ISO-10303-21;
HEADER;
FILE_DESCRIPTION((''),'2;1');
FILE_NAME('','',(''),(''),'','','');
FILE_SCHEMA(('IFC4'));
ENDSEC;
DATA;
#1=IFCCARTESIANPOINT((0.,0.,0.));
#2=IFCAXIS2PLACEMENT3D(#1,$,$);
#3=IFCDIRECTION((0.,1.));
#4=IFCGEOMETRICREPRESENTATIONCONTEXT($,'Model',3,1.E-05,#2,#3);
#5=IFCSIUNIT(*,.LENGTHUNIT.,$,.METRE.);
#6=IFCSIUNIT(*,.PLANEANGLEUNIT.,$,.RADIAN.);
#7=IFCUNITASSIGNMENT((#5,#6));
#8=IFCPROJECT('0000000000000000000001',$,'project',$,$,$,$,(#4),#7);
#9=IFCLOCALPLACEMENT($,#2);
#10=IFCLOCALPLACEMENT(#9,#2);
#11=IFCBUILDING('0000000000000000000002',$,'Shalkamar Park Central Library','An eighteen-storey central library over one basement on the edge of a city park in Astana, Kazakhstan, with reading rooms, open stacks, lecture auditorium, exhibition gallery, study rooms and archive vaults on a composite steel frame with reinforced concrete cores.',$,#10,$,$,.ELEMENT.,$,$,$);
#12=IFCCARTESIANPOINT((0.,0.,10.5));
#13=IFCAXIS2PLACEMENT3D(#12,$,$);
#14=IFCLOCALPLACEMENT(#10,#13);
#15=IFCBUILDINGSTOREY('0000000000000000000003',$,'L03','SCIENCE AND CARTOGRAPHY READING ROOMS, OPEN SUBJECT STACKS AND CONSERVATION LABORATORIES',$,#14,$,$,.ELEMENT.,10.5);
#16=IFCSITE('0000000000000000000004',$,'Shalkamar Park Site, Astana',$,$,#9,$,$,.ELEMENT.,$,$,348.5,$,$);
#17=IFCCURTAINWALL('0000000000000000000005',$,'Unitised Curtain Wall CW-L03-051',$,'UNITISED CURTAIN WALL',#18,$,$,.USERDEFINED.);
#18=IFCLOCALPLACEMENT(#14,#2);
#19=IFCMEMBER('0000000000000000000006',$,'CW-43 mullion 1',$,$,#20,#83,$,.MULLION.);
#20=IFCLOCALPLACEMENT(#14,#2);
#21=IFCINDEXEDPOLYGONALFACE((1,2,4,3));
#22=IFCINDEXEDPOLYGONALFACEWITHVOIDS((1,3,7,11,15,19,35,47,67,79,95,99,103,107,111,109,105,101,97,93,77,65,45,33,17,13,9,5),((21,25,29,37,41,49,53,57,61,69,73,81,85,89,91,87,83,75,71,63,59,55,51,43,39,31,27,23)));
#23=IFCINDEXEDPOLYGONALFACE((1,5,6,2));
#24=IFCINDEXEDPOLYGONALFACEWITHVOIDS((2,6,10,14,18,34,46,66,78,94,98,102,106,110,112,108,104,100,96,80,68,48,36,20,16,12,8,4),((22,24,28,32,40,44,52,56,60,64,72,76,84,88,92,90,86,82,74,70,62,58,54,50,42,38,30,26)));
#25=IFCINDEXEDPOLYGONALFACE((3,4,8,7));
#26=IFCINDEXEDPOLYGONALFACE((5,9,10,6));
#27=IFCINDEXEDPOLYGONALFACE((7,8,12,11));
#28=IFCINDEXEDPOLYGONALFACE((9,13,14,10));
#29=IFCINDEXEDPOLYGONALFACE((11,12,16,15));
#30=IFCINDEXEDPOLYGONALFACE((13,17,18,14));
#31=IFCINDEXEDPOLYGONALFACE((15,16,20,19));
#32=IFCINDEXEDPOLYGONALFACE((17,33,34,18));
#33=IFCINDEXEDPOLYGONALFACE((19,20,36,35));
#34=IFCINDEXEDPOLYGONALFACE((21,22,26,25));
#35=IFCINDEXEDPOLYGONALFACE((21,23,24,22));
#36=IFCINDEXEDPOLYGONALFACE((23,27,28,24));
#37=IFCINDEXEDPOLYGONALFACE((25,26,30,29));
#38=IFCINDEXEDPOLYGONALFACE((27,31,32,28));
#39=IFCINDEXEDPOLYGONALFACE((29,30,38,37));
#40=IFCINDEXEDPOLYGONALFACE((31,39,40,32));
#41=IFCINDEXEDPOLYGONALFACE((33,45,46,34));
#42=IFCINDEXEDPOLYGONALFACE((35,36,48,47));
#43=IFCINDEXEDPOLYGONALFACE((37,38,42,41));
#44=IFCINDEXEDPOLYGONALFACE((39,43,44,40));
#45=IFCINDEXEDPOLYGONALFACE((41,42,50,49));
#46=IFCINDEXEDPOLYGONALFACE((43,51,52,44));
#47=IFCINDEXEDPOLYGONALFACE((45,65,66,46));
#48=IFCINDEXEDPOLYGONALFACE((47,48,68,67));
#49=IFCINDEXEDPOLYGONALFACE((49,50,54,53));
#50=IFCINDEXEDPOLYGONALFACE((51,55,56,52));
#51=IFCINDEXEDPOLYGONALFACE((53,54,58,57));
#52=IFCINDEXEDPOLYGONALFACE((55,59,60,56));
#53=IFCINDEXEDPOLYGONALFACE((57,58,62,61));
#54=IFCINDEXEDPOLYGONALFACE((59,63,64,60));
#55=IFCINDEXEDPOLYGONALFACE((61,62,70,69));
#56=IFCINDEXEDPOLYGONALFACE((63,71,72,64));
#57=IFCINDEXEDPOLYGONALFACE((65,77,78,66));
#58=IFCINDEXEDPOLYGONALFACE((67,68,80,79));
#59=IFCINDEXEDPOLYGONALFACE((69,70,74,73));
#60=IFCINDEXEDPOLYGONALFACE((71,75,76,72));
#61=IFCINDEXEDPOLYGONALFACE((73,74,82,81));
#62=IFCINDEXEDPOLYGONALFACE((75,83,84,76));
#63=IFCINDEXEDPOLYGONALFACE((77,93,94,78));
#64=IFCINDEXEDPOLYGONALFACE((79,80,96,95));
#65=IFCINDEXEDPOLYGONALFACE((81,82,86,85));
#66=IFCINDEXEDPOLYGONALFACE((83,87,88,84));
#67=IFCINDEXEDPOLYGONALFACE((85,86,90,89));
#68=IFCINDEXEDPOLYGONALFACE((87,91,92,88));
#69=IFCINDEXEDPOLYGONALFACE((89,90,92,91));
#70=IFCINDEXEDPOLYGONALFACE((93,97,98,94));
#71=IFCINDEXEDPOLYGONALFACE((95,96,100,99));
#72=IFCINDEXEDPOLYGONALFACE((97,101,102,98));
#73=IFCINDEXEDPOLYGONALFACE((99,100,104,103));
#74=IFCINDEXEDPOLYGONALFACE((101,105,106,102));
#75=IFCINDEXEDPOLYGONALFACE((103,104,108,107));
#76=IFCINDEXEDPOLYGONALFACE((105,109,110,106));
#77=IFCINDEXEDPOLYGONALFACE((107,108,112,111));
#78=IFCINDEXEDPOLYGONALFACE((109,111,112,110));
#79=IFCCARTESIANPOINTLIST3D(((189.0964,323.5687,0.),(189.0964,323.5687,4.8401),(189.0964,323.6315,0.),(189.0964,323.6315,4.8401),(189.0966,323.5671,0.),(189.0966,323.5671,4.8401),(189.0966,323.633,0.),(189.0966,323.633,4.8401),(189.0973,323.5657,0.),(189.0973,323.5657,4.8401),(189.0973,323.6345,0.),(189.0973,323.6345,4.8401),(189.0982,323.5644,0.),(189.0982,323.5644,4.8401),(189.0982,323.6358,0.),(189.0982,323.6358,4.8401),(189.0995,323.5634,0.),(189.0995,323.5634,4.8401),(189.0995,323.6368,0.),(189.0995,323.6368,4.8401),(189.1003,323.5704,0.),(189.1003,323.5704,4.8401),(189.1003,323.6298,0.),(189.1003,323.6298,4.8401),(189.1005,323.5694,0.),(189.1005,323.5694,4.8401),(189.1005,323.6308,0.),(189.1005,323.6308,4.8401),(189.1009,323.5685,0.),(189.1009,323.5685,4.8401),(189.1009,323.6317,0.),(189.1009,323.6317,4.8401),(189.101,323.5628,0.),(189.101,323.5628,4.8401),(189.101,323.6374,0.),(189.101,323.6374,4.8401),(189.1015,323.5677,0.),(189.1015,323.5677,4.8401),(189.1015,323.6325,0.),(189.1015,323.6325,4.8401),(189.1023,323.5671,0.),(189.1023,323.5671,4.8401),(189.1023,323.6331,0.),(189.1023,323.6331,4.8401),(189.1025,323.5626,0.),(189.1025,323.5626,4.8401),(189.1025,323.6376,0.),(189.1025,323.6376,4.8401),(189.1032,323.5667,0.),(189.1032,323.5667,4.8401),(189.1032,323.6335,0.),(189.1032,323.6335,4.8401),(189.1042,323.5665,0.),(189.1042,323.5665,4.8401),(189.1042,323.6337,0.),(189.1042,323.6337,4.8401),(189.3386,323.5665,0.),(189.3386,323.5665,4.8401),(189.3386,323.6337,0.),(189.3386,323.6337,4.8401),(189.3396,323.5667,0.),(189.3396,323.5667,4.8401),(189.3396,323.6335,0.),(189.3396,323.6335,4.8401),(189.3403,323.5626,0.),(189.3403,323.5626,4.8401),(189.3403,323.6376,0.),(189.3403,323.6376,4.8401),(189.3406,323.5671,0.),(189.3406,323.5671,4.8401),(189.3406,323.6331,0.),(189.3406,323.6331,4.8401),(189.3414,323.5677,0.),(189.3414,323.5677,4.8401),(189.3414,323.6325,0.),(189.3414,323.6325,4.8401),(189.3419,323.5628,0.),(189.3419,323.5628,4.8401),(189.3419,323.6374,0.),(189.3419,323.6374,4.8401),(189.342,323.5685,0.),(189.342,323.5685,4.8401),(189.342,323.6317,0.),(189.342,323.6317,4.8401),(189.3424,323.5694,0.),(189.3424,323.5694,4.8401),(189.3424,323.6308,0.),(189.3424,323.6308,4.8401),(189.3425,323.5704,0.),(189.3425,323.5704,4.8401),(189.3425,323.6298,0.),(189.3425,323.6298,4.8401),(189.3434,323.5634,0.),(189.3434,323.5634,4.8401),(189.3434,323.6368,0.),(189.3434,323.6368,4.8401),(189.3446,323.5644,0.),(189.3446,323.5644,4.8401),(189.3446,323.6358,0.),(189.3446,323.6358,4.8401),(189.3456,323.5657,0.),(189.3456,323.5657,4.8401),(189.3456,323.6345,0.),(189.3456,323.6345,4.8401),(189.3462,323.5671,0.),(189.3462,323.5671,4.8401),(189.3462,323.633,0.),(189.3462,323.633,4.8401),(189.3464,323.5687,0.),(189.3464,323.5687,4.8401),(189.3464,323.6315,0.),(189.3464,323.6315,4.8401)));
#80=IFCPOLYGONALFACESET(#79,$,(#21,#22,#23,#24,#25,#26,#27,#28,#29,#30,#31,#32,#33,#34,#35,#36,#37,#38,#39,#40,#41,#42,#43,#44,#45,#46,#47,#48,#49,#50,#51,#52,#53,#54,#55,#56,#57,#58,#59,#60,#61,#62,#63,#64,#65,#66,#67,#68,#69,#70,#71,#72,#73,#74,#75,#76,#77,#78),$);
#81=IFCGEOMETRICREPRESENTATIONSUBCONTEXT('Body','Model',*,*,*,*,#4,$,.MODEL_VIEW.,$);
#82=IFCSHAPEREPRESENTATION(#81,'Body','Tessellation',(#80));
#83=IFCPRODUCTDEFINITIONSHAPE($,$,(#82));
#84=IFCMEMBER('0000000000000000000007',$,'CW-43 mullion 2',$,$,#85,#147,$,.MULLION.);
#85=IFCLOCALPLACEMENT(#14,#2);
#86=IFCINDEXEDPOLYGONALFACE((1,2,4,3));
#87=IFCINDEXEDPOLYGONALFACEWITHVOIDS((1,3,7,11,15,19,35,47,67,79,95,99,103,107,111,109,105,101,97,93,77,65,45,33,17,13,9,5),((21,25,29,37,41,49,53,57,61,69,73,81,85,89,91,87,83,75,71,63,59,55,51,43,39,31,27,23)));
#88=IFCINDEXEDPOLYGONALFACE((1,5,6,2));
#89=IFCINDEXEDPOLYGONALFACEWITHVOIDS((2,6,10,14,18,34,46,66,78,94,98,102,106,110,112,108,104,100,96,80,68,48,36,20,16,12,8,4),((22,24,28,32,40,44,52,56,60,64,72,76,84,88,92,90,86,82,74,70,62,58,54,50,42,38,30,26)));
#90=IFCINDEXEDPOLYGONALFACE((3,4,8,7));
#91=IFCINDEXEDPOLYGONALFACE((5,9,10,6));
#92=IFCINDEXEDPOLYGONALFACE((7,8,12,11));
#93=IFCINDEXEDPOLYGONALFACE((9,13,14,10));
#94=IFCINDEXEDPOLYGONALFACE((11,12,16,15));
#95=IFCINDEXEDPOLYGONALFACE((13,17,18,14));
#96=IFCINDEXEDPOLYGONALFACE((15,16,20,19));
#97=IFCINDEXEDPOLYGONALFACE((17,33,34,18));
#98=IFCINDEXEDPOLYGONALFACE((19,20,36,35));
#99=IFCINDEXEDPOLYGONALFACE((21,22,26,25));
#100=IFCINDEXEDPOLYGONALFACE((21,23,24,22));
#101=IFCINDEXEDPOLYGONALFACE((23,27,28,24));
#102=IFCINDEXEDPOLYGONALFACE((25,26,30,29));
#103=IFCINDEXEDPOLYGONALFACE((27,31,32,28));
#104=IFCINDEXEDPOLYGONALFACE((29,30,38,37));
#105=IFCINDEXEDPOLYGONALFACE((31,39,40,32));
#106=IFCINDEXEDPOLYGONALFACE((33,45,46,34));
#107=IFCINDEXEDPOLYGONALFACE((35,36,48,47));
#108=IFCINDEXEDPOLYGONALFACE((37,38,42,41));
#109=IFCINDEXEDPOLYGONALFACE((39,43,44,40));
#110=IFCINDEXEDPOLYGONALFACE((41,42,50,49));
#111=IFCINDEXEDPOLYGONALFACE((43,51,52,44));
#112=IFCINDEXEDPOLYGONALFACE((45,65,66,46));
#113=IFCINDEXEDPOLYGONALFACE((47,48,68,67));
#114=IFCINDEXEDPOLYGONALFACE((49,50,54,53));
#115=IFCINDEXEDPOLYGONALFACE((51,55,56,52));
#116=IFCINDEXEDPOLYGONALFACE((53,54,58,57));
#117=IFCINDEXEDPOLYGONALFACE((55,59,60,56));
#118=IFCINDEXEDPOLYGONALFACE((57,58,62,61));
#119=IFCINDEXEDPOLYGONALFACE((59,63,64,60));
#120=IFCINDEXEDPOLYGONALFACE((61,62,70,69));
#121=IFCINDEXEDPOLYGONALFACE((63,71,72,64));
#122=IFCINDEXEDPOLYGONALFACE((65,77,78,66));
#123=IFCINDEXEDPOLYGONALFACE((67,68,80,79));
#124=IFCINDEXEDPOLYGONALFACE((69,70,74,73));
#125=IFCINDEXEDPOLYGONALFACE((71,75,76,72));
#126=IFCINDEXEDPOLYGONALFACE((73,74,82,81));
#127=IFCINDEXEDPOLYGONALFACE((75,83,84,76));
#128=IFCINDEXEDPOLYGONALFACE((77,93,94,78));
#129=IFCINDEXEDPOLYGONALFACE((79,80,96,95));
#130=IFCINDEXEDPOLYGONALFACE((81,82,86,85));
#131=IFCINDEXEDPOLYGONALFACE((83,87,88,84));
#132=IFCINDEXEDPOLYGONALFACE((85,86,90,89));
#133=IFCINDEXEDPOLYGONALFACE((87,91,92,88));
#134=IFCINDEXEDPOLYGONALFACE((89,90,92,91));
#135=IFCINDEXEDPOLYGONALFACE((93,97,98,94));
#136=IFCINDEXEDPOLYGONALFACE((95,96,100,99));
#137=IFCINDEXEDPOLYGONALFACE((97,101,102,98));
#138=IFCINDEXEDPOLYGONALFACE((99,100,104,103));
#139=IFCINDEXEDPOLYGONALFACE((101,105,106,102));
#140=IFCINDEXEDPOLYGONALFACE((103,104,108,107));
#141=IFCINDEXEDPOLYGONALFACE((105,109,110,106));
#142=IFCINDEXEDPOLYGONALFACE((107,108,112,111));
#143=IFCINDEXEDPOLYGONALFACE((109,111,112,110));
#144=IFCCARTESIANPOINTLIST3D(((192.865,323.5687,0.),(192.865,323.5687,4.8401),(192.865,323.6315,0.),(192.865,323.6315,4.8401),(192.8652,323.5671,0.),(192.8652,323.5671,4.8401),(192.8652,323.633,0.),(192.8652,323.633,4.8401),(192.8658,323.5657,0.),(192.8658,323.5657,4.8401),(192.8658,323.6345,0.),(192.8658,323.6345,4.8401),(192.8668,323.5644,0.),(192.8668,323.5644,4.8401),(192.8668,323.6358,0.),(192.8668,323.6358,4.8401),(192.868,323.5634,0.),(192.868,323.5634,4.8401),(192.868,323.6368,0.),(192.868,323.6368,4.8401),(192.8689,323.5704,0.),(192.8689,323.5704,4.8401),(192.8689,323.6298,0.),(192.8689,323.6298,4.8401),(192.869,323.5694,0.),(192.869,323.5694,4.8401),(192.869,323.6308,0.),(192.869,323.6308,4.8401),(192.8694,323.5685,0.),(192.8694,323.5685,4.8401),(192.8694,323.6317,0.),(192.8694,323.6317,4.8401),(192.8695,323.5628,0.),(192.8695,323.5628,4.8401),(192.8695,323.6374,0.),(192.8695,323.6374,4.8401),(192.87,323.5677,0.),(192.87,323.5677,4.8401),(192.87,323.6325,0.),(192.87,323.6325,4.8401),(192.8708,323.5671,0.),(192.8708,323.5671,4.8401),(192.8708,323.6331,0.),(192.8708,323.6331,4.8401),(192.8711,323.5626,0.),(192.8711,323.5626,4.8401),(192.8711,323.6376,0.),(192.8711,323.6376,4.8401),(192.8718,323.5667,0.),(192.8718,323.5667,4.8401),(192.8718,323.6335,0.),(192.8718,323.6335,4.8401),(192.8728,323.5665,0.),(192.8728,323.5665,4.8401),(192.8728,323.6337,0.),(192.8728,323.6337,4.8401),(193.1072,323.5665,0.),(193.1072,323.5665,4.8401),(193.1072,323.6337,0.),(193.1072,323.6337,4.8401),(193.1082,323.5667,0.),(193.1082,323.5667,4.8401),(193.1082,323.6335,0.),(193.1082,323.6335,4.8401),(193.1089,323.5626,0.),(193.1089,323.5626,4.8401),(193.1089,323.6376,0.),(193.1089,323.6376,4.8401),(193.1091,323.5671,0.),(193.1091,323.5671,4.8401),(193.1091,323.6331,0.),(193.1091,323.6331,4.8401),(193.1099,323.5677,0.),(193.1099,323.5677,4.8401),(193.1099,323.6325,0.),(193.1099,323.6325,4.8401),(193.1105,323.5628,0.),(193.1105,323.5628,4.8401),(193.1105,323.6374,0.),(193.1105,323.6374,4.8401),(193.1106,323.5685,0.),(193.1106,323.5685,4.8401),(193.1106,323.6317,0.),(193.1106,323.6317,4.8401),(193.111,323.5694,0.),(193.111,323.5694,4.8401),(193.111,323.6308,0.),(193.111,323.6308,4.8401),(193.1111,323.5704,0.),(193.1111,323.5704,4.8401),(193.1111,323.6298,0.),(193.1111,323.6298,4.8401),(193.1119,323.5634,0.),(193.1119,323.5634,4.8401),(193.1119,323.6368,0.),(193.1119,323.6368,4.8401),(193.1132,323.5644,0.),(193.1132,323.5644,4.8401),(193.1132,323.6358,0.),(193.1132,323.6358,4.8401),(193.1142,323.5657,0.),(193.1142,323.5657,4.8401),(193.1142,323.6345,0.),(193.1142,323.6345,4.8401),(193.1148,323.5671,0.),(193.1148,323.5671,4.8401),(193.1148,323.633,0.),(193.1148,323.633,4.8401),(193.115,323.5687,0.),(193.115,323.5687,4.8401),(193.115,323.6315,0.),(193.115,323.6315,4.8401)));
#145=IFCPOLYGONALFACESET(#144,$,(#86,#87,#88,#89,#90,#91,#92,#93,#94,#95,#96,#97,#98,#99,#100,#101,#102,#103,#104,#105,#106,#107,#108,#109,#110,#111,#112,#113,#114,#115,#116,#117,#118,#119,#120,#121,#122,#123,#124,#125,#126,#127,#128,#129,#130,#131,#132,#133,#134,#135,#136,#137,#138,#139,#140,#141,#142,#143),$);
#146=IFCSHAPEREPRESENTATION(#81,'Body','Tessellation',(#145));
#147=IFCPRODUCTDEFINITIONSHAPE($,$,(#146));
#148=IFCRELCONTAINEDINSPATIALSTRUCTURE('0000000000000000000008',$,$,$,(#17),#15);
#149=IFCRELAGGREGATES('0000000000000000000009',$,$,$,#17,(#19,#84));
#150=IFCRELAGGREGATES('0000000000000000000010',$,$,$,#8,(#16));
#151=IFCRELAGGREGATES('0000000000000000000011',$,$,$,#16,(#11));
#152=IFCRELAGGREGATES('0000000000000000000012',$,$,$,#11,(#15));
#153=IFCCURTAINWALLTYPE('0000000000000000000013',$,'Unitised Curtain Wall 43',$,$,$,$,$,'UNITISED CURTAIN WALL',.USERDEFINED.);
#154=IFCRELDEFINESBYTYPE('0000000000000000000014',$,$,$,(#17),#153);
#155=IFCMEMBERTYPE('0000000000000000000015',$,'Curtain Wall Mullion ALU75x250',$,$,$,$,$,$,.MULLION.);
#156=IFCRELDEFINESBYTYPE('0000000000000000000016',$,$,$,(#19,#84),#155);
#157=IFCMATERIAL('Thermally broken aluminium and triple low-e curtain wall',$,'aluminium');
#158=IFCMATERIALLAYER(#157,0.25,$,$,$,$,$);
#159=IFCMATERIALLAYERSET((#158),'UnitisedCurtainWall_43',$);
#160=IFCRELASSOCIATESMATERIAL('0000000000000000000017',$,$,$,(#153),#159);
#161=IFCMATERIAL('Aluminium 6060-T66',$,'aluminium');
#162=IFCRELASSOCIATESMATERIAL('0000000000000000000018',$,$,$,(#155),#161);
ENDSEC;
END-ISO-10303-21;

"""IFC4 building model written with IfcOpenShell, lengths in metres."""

from ifc_helpers import new_model, si_unit, direction, frame, origin, origin_2d, place, context, subcontext, project, spatial, hollow_rectangle, extrude, material, layer, layer_set, material_profile, profile_set, type_object, element, aggregate, save


model = new_model("IFC4")

# Units and contexts
model_context = context("Model", 3, precision=1e-05, world=origin(), true_north=direction((0.0, 1.0)))
body_context = subcontext(model_context, "Body", "Model", "MODEL_VIEW")
ifc_project = project(units=[si_unit("LENGTHUNIT", "METRE"), si_unit("PLANEANGLEUNIT", "RADIAN")], contexts=[model_context])

# Site, building, storey
site_placement = place(None, origin())
site = spatial("IfcSite", under=ifc_project, at=site_placement, Name="Shalkamar Park Site, Astana", CompositionType="ELEMENT", RefElevation=348.5)
building_placement = place(site_placement, origin())
building = spatial("IfcBuilding", under=site, at=building_placement, Name="Shalkamar Park Central Library", Description="An eighteen-storey central library over one basement on the edge of a city park in Astana, Kazakhstan, with reading rooms, open stacks, lecture auditorium, exhibition gallery, study rooms and archive vaults on a composite steel frame with reinforced concrete cores.", CompositionType="ELEMENT")
storey_placement = place(building_placement, frame((0.0, 0.0, 10.5)))
storey = spatial("IfcBuildingStorey", under=building, at=storey_placement, Name="L03", Description="SCIENCE AND CARTOGRAPHY READING ROOMS, OPEN SUBJECT STACKS AND CONSERVATION LABORATORIES", CompositionType="ELEMENT", Elevation=10.5)

# Curtain wall, members
ifc_material_1 = material(Name="Thermally broken aluminium and triple low-e curtain wall", Category="aluminium")
ifc_layer_1 = layer(ifc_material_1, 0.25)
ifc_layer_set_1 = layer_set([ifc_layer_1], Name="UnitisedCurtainWall_43")
curtain_wall_type = type_object("IfcCurtainWallType", Name="Unitised Curtain Wall 43", ElementType="UNITISED CURTAIN WALL", PredefinedType="USERDEFINED", material=ifc_layer_set_1)
curtain_wall_placement = place(storey_placement, origin())
curtain_wall = element("IfcCurtainWall", 1, at=curtain_wall_placement, inside=storey, type_object=curtain_wall_type, Name="Unitised Curtain Wall CW-L03-051", ObjectType="UNITISED CURTAIN WALL", PredefinedType="USERDEFINED")
ifc_material_2 = material(Name="Aluminium 6060-T66", Category="aluminium")
ifc_material_profile_1 = material_profile(ifc_material_2, hollow_rectangle(XDim=0.075, YDim=0.25, WallThickness=0.0039, InnerFilletRadius=0.0039, OuterFilletRadius=0.0061, at=origin_2d()), Name="ALU 75x250x4")
ifc_profile_set_1 = profile_set([ifc_material_profile_1], Name="Aluminium 6060-T66")
member_type_1 = type_object("IfcMemberType", Name="Curtain Wall Mullion ALU75x250", PredefinedType="MULLION", material=ifc_profile_set_1)
member_1_placement = place(storey_placement, frame((189.2214, 323.6001, 0.0), z_axis=(0.0, 0.0, 1.0), x_axis=(0.0, 1.0, 0.0)))
member_1 = element("IfcMember", 2, at=member_1_placement, type_object=member_type_1, Name="CW-43 mullion 1", PredefinedType="MULLION", context=body_context, shape_type="SweptSolid", body=[
    extrude(hollow_rectangle(XDim=0.075, YDim=0.25, WallThickness=0.0039, InnerFilletRadius=0.0039, OuterFilletRadius=0.0061, at=origin_2d()), origin(), (0.0, 0.0, 1.0), 4.8401),
])
member_2_placement = place(storey_placement, frame((192.99, 323.6001, 0.0), z_axis=(0.0, 0.0, 1.0), x_axis=(0.0, 1.0, 0.0)))
member_2 = element("IfcMember", 3, at=member_2_placement, type_object=member_type_1, Name="CW-43 mullion 2", PredefinedType="MULLION", context=body_context, shape_type="SweptSolid", body=[
    extrude(hollow_rectangle(XDim=0.075, YDim=0.25, WallThickness=0.0039, InnerFilletRadius=0.0039, OuterFilletRadius=0.0061, at=origin_2d()), origin(), (0.0, 0.0, 1.0), 4.8401),
])

aggregate(curtain_wall, [member_1, member_2])

save(model, "model.ifc")
